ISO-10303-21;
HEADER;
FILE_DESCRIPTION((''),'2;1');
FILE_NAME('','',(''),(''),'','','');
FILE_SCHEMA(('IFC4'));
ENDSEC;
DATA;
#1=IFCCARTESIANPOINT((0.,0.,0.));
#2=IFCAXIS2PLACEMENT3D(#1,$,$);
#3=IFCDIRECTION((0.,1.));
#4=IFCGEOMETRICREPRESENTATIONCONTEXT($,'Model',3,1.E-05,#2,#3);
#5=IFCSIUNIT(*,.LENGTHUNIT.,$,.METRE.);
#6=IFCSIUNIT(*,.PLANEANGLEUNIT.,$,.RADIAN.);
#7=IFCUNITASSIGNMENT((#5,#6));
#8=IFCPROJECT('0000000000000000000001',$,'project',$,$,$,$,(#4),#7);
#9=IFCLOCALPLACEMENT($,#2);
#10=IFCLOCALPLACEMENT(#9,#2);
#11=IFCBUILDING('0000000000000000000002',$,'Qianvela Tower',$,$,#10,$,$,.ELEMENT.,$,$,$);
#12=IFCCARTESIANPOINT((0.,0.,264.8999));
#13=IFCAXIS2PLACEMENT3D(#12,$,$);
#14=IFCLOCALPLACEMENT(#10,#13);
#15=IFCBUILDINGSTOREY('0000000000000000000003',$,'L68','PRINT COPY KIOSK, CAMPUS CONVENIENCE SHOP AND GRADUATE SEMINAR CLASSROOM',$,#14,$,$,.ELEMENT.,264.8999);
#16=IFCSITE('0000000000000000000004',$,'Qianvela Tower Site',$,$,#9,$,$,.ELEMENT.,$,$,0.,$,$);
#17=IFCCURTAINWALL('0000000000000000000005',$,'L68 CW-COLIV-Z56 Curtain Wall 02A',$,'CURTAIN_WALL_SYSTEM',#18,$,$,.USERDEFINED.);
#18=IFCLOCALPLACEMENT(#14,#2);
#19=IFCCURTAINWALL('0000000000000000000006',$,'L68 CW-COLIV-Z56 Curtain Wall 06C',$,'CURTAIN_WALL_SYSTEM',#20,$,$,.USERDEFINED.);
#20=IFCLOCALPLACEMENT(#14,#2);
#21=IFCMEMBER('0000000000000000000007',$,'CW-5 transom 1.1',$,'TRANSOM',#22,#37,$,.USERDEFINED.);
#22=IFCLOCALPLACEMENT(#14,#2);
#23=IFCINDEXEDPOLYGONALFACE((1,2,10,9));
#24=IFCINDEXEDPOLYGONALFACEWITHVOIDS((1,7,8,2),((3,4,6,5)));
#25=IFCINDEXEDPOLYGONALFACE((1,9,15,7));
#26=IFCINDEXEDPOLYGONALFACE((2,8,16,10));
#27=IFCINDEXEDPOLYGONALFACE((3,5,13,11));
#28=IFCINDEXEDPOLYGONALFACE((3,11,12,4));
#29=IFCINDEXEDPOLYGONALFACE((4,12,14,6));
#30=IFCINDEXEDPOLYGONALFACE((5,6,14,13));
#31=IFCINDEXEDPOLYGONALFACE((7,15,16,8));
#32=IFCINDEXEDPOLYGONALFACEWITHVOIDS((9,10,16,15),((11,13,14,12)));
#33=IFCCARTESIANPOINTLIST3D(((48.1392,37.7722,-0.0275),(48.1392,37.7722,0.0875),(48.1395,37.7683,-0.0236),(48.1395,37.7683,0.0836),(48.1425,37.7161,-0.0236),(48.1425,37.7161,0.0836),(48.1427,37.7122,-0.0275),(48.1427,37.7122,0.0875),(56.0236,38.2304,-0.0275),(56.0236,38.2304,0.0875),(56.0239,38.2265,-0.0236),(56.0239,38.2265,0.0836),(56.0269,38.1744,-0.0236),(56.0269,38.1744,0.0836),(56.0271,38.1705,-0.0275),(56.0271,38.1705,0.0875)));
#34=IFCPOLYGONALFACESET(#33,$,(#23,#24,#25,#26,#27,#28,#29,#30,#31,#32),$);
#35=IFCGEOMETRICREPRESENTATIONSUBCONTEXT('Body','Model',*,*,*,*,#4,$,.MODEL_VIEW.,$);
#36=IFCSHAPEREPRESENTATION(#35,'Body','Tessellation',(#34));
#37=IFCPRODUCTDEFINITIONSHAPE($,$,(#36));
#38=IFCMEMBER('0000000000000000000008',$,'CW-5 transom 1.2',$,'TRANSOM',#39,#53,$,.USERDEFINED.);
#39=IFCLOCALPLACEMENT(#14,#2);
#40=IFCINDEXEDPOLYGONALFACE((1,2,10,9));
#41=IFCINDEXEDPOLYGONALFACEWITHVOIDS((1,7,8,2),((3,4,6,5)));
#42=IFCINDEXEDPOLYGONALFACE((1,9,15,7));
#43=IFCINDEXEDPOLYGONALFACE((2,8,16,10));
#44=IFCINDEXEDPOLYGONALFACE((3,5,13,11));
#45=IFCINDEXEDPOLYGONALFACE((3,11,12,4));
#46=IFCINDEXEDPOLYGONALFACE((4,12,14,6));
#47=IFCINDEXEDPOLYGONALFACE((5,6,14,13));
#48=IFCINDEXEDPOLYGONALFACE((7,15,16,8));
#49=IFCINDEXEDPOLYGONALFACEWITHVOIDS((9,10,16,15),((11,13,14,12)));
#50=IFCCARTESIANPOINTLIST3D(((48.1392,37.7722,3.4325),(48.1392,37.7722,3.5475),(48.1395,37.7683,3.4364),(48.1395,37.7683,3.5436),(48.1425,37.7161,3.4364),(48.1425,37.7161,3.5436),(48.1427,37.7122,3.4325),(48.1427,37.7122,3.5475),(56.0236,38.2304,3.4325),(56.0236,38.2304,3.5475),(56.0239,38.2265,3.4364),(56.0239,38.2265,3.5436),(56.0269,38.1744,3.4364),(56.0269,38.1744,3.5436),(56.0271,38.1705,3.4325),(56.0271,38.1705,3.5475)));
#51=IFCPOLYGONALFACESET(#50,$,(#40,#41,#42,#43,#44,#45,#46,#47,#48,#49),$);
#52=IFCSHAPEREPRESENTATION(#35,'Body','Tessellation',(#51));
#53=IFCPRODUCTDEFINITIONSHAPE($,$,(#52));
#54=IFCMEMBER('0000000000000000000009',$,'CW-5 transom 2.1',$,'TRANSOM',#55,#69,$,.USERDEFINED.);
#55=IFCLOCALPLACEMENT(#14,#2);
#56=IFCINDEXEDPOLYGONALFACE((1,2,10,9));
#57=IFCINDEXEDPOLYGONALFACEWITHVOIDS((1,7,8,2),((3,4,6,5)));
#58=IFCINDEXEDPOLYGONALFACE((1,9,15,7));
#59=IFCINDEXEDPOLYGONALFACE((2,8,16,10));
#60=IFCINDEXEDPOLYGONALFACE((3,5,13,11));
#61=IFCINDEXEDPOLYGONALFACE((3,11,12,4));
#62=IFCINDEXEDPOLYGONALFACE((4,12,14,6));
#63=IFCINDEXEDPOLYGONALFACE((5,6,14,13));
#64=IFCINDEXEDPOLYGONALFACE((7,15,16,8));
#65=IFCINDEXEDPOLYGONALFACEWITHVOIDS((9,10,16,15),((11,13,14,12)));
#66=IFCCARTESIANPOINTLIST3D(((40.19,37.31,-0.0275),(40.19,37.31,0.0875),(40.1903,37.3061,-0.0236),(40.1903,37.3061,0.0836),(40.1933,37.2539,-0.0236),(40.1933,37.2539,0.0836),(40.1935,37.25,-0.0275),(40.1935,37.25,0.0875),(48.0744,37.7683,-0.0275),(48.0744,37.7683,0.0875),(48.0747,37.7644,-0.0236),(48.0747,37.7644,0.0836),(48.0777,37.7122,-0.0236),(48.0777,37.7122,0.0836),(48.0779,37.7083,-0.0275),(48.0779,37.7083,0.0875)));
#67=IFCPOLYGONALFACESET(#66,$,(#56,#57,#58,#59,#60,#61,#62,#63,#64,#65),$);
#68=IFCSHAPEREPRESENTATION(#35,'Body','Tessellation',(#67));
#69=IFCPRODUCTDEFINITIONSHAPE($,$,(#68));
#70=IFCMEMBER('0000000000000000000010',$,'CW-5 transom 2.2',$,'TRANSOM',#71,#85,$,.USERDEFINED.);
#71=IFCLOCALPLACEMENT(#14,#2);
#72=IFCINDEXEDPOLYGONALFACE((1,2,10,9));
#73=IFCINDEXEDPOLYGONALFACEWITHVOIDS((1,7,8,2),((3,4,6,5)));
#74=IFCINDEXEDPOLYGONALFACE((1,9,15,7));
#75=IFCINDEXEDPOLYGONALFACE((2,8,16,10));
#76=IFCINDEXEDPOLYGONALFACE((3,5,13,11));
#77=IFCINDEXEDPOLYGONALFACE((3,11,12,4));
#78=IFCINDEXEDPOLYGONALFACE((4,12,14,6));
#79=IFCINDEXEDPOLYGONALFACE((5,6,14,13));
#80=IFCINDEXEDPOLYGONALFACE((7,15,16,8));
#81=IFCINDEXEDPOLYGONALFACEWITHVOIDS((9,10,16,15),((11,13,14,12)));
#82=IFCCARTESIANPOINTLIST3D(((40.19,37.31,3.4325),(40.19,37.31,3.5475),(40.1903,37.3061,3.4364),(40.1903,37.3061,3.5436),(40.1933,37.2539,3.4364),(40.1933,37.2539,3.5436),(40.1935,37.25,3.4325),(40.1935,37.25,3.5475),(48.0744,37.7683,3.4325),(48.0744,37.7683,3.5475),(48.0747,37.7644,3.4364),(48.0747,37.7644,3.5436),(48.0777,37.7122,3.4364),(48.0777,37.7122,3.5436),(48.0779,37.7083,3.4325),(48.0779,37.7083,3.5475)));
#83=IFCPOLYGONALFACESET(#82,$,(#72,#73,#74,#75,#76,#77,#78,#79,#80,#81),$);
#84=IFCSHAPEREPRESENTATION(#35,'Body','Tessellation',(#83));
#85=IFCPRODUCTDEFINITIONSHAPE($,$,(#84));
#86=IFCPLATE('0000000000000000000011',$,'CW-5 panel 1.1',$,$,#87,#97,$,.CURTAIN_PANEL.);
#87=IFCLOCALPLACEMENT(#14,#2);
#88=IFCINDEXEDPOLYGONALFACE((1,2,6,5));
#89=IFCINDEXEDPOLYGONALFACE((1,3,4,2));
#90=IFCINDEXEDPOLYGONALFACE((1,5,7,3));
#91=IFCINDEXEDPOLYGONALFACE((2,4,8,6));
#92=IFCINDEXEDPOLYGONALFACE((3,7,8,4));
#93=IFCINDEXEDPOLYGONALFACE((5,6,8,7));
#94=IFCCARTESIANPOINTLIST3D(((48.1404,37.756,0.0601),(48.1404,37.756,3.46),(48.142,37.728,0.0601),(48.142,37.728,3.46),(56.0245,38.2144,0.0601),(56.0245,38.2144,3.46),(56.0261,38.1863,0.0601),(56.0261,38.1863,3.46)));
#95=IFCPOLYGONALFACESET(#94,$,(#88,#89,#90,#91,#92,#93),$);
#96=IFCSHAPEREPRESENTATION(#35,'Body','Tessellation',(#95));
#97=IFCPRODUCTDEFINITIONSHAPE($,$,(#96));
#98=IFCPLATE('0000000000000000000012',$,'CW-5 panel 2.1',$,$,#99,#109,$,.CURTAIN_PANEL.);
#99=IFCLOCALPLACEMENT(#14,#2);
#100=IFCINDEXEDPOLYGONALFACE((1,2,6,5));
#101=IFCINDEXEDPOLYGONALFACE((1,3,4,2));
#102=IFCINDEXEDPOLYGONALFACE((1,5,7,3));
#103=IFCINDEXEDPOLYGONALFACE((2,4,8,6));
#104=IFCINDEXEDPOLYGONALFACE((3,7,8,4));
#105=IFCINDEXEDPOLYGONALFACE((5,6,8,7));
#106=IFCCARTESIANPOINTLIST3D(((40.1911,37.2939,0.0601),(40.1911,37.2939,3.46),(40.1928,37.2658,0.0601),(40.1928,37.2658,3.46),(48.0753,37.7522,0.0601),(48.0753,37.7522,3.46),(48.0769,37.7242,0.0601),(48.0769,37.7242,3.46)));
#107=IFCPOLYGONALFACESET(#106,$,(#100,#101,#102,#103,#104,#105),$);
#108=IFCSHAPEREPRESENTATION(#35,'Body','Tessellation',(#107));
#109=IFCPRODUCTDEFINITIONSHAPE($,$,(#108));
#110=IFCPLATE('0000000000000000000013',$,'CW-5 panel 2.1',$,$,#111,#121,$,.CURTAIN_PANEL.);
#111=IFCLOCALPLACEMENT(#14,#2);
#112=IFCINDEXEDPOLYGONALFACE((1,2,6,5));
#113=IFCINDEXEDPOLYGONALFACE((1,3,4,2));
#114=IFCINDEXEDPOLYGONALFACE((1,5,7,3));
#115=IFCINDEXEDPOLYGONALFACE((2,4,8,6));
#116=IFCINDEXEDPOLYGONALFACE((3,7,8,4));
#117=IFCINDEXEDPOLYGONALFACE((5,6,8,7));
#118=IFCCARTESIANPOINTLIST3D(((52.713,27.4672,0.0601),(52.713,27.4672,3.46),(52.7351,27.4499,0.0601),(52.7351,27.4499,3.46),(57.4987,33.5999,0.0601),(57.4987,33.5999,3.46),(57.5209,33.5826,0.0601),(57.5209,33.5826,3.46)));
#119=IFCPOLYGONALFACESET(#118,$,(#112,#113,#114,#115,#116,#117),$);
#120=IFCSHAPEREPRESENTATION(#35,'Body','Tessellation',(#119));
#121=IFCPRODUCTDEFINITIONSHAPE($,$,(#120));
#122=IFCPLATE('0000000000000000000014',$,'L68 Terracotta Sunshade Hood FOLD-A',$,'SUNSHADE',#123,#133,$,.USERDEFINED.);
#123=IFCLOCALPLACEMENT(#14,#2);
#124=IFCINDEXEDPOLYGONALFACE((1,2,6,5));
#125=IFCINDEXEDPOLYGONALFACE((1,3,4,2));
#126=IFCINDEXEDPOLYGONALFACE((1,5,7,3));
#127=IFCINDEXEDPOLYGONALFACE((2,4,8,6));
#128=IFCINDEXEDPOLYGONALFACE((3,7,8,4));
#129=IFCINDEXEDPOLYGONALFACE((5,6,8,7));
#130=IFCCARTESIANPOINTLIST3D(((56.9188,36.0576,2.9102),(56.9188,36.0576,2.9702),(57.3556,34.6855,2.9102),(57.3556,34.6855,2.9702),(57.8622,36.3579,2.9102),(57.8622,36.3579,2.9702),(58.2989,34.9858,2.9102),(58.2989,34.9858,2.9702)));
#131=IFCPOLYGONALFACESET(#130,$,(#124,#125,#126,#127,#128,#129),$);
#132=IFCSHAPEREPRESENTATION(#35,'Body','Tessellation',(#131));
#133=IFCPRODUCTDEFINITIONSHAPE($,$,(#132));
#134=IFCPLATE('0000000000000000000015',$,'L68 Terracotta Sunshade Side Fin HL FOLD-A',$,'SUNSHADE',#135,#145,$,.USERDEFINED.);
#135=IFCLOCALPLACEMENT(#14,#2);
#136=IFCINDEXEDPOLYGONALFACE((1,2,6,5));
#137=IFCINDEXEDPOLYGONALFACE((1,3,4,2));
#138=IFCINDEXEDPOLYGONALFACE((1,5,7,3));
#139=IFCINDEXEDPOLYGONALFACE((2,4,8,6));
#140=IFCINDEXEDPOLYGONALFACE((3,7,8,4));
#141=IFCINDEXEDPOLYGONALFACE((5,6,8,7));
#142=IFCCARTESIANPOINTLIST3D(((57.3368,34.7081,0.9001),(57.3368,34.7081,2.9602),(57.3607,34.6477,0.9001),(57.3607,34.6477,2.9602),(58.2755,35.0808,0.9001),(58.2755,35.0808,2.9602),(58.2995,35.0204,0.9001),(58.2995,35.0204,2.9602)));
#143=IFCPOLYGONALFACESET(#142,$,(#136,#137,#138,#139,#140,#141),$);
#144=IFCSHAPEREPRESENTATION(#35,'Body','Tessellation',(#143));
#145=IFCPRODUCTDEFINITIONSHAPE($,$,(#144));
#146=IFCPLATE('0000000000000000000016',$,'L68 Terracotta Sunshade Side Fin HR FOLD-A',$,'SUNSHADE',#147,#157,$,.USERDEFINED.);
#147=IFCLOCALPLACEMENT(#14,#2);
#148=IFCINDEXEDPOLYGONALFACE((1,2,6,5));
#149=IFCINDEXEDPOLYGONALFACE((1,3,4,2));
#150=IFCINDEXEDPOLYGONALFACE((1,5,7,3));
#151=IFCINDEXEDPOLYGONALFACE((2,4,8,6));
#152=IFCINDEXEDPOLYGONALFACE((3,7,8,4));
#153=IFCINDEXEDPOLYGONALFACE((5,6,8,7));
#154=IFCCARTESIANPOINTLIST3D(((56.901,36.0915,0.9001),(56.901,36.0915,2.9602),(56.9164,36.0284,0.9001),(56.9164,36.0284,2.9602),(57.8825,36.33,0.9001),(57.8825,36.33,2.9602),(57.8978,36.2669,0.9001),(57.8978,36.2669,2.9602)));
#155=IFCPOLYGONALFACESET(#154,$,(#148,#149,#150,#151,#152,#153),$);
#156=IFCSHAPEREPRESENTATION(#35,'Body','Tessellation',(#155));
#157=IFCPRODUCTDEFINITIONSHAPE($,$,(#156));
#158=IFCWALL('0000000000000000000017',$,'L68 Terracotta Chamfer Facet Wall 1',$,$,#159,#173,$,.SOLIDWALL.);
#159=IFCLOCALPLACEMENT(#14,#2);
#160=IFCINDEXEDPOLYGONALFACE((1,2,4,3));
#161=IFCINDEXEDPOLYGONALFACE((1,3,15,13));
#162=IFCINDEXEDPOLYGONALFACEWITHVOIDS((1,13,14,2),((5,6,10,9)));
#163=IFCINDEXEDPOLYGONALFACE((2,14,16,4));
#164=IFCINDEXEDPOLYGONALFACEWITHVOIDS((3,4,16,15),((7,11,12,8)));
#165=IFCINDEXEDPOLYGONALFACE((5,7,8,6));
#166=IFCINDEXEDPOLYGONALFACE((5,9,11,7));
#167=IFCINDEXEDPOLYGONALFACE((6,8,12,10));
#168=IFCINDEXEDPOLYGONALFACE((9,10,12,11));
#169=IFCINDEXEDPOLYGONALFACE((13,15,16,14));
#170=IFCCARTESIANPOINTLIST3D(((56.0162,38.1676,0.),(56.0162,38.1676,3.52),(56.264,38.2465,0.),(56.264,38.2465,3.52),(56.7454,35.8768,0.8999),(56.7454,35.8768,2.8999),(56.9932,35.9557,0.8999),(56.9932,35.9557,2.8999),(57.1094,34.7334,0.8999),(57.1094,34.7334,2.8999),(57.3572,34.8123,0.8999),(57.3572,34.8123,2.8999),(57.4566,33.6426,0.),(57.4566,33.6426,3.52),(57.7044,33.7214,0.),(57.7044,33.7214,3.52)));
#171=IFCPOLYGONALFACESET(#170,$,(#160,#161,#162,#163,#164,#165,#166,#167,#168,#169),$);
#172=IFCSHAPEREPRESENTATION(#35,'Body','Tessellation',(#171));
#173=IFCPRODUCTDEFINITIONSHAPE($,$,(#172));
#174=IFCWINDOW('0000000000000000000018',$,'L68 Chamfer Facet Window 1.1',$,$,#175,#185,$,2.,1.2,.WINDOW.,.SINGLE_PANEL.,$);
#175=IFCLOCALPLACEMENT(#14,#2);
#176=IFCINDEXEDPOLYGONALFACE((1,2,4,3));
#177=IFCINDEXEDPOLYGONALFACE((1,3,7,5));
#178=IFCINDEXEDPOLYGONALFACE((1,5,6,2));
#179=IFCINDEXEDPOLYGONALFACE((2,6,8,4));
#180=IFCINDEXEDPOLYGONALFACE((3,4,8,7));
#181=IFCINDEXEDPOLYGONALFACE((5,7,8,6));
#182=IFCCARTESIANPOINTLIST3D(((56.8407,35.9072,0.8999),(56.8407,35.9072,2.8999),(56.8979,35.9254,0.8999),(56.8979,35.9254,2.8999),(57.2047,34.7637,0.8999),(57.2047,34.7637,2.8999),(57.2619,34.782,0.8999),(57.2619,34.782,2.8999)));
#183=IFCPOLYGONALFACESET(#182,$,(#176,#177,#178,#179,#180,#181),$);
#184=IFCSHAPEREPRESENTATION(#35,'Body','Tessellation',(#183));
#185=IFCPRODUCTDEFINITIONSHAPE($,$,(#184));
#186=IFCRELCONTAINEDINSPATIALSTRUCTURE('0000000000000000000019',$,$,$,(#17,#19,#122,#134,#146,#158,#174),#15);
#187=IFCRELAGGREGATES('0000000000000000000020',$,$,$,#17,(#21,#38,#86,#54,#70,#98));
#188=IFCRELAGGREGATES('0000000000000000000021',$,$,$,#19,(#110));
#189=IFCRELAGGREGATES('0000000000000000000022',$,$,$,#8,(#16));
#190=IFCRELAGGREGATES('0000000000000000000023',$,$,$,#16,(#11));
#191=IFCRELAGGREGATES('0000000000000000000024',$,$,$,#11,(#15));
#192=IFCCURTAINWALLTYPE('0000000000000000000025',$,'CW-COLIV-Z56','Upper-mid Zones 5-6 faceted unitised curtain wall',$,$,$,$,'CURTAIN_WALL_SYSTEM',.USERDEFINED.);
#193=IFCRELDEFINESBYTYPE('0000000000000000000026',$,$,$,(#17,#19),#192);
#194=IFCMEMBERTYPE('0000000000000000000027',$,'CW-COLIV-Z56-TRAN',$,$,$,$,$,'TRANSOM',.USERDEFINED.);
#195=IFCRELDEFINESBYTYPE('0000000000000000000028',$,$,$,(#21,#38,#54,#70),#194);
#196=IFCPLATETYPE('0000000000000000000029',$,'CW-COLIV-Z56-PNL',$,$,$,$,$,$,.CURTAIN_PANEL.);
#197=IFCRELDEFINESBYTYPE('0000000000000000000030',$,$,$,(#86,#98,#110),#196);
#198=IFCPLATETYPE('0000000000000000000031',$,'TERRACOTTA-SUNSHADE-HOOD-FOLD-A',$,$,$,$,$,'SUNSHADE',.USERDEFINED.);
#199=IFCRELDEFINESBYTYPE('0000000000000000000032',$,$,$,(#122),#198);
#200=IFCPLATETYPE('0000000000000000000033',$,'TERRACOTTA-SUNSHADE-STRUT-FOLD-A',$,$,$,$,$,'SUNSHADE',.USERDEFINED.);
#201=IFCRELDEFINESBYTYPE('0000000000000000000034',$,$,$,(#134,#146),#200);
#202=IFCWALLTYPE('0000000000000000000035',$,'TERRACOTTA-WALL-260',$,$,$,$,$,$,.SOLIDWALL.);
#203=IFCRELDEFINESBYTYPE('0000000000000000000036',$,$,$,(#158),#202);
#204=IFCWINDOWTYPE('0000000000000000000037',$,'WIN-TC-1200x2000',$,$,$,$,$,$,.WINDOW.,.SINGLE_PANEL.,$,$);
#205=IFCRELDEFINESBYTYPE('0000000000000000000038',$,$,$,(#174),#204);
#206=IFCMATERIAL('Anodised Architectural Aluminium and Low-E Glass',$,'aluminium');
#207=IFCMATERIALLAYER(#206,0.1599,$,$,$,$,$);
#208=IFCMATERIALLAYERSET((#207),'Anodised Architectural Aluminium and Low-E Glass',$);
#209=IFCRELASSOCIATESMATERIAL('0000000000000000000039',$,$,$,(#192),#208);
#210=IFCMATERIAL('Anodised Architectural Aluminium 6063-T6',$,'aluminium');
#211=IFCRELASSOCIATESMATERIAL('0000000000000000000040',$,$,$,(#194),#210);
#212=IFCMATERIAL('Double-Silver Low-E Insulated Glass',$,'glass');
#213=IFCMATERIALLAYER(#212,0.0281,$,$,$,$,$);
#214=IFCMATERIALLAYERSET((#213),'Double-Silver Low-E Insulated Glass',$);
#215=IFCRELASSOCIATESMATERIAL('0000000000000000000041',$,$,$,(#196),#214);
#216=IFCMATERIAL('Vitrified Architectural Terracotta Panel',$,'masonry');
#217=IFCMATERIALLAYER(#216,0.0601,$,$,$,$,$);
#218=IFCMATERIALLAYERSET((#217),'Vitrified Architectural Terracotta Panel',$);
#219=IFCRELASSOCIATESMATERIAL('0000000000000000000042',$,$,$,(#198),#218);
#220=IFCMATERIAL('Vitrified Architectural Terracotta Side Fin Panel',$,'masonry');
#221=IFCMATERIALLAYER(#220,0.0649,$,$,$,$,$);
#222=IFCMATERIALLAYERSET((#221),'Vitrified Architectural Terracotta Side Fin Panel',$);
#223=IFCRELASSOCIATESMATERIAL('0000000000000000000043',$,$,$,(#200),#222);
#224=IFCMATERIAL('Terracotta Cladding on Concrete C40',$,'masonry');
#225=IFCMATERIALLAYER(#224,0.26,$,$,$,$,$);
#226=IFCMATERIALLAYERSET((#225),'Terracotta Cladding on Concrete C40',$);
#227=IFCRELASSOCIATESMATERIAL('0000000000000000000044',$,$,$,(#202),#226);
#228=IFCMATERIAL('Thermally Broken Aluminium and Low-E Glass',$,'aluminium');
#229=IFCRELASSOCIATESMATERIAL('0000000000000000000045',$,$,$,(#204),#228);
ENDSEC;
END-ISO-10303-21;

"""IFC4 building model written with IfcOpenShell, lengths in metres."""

from ifc_helpers import new_model, si_unit, direction, frame, frame_2d, origin, origin_2d, place, context, subcontext, project, spatial, rectangle, hollow_rectangle, extrude, material, layer, layer_set, material_profile, profile_set, type_object, element, fill, aggregate, save


model = new_model("IFC4")

# Units and contexts
model_context = context("Model", 3, precision=1e-05, world=origin(), true_north=direction((0.0, 1.0)))
body_context = subcontext(model_context, "Body", "Model", "MODEL_VIEW")
ifc_project = project(units=[si_unit("LENGTHUNIT", "METRE"), si_unit("PLANEANGLEUNIT", "RADIAN")], contexts=[model_context])

# Site, building, storey
site_placement = place(None, origin())
site = spatial("IfcSite", under=ifc_project, at=site_placement, Name="Qianvela Tower Site", CompositionType="ELEMENT", RefElevation=0.0)
building_placement = place(site_placement, origin())
building = spatial("IfcBuilding", under=site, at=building_placement, Name="Qianvela Tower", CompositionType="ELEMENT")
storey_placement = place(building_placement, frame((0.0, 0.0, 264.8999)))
storey = spatial("IfcBuildingStorey", under=building, at=storey_placement, Name="L68", Description="PRINT COPY KIOSK, CAMPUS CONVENIENCE SHOP AND GRADUATE SEMINAR CLASSROOM", CompositionType="ELEMENT", Elevation=264.8999)

# Curtain wall
ifc_material_1 = material(Name="Anodised Architectural Aluminium and Low-E Glass", Category="aluminium")
ifc_layer_1 = layer(ifc_material_1, 0.1599)
ifc_layer_set_1 = layer_set([ifc_layer_1], Name="Anodised Architectural Aluminium and Low-E Glass")
curtain_wall_type = type_object("IfcCurtainWallType", Name="CW-COLIV-Z56", Description="Upper-mid Zones 5-6 faceted unitised curtain wall", ElementType="CURTAIN_WALL_SYSTEM", PredefinedType="USERDEFINED", material=ifc_layer_set_1)
curtain_wall_1_placement = place(storey_placement, origin())
curtain_wall_1 = element("IfcCurtainWall", 1, at=curtain_wall_1_placement, inside=storey, type_object=curtain_wall_type, Name="L68 CW-COLIV-Z56 Curtain Wall 02A", ObjectType="CURTAIN_WALL_SYSTEM", PredefinedType="USERDEFINED")

# Curtain wall
curtain_wall_2_placement = place(storey_placement, origin())
curtain_wall_2 = element("IfcCurtainWall", 2, at=curtain_wall_2_placement, inside=storey, type_object=curtain_wall_type, Name="L68 CW-COLIV-Z56 Curtain Wall 06C", ObjectType="CURTAIN_WALL_SYSTEM", PredefinedType="USERDEFINED")

# Members
ifc_material_2 = material(Name="Anodised Architectural Aluminium 6063-T6", Category="aluminium")
ifc_material_profile_1 = material_profile(ifc_material_2, hollow_rectangle(XDim=0.0601, YDim=0.115, WallThickness=0.0039, at=origin_2d()), Name="ALU-TRAN-60x115")
ifc_profile_set_1 = profile_set([ifc_material_profile_1], Name="Anodised Architectural Aluminium 6063-T6")
member_type_1 = type_object("IfcMemberType", Name="CW-COLIV-Z56-TRAN", ElementType="TRANSOM", PredefinedType="USERDEFINED", material=ifc_profile_set_1)
member_1_placement = place(storey_placement, frame((56.0254, 38.2004, 0.03), z_axis=(-0.998315, -0.058024, 0.0), x_axis=(0.058024, -0.998315, 0.0)))
member_1 = element("IfcMember", 3, at=member_1_placement, type_object=member_type_1, Name="CW-5 transom 1.1", ObjectType="TRANSOM", PredefinedType="USERDEFINED", context=body_context, shape_type="SweptSolid", body=[
    extrude(hollow_rectangle(XDim=0.0601, YDim=0.115, WallThickness=0.0039, at=origin_2d()), origin(), (0.0, 0.0, 1.0), 7.8977),
])
member_2_placement = place(storey_placement, frame((56.0254, 38.2004, 3.49), z_axis=(-0.998315, -0.058024, 0.0), x_axis=(0.058024, -0.998315, 0.0)))
member_2 = element("IfcMember", 4, at=member_2_placement, type_object=member_type_1, Name="CW-5 transom 1.2", ObjectType="TRANSOM", PredefinedType="USERDEFINED", context=body_context, shape_type="SweptSolid", body=[
    extrude(hollow_rectangle(XDim=0.0601, YDim=0.115, WallThickness=0.0039, at=origin_2d()), origin(), (0.0, 0.0, 1.0), 7.8977),
])
member_3_placement = place(storey_placement, frame((48.0762, 37.7383, 0.03), z_axis=(-0.998315, -0.058024, 0.0), x_axis=(0.058024, -0.998315, 0.0)))
member_3 = element("IfcMember", 5, at=member_3_placement, type_object=member_type_1, Name="CW-5 transom 2.1", ObjectType="TRANSOM", PredefinedType="USERDEFINED", context=body_context, shape_type="SweptSolid", body=[
    extrude(hollow_rectangle(XDim=0.0601, YDim=0.115, WallThickness=0.0039, at=origin_2d()), origin(), (0.0, 0.0, 1.0), 7.8977),
])
member_4_placement = place(storey_placement, frame((48.0762, 37.7383, 3.49), z_axis=(-0.998315, -0.058024, 0.0), x_axis=(0.058024, -0.998315, 0.0)))
member_4 = element("IfcMember", 6, at=member_4_placement, type_object=member_type_1, Name="CW-5 transom 2.2", ObjectType="TRANSOM", PredefinedType="USERDEFINED", context=body_context, shape_type="SweptSolid", body=[
    extrude(hollow_rectangle(XDim=0.0601, YDim=0.115, WallThickness=0.0039, at=origin_2d()), origin(), (0.0, 0.0, 1.0), 7.8977),
])

# Plates
ifc_material_3 = material(Name="Double-Silver Low-E Insulated Glass", Category="glass")
ifc_layer_2 = layer(ifc_material_3, 0.0281)
ifc_layer_set_2 = layer_set([ifc_layer_2], Name="Double-Silver Low-E Insulated Glass")
plate_type_1 = type_object("IfcPlateType", Name="CW-COLIV-Z56-PNL", PredefinedType="CURTAIN_PANEL", material=ifc_layer_set_2)
plate_1_placement = place(storey_placement, frame((52.0833, 37.9712, 0.0601), z_axis=(0.0, 0.0, 1.0), x_axis=(-0.998314, -0.058036, 0.0)))
plate_1 = element("IfcPlate", 7, at=plate_1_placement, type_object=plate_type_1, Name="CW-5 panel 1.1", PredefinedType="CURTAIN_PANEL", context=body_context, shape_type="SweptSolid", body=[
    extrude(rectangle(XDim=7.8975, YDim=0.0281, at=origin_2d()), origin(), (0.0, 0.0, 1.0), 3.3999),
])
plate_2_placement = place(storey_placement, frame((44.134, 37.509, 0.0601), z_axis=(0.0, 0.0, 1.0), x_axis=(-0.998314, -0.058036, 0.0)))
plate_2 = element("IfcPlate", 8, at=plate_2_placement, type_object=plate_type_1, Name="CW-5 panel 2.1", PredefinedType="CURTAIN_PANEL", context=body_context, shape_type="SweptSolid", body=[
    extrude(rectangle(XDim=7.8975, YDim=0.0281, at=origin_2d()), origin(), (0.0, 0.0, 1.0), 3.3999),
])
aggregate(curtain_wall_1, [member_1, member_2, plate_1, member_3, member_4, plate_2])
plate_3_placement = place(storey_placement, frame((55.1169, 30.5249, 0.0601), z_axis=(0.0, 0.0, 1.0), x_axis=(0.615206, 0.788366, 0.0)))
plate_3 = element("IfcPlate", 9, at=plate_3_placement, type_object=plate_type_1, Name="CW-5 panel 2.1", PredefinedType="CURTAIN_PANEL", context=body_context, shape_type="SweptSolid", body=[
    extrude(rectangle(XDim=7.7791, YDim=0.0281, at=origin_2d()), origin(), (0.0, 0.0, 1.0), 3.3999),
])
aggregate(curtain_wall_2, [plate_3])

# Plates
ifc_material_4 = material(Name="Vitrified Architectural Terracotta Panel", Category="masonry")
ifc_layer_3 = layer(ifc_material_4, 0.0601)
ifc_layer_set_3 = layer_set([ifc_layer_3], Name="Vitrified Architectural Terracotta Panel")
plate_type_2 = type_object("IfcPlateType", Name="TERRACOTTA-SUNSHADE-HOOD-FOLD-A", ElementType="SUNSHADE", PredefinedType="USERDEFINED", material=ifc_layer_set_3)
plate_4_placement = place(storey_placement, frame((57.6089, 35.5217, 2.9102), z_axis=(0.0, 0.0, 1.0), x_axis=(-0.303311, 0.952892, 0.0)))
element("IfcPlate", 10, at=plate_4_placement, inside=storey, type_object=plate_type_2, Name="L68 Terracotta Sunshade Hood FOLD-A", ObjectType="SUNSHADE", PredefinedType="USERDEFINED", context=body_context, shape_type="SweptSolid", body=[
    extrude(rectangle(XDim=1.4399, YDim=0.99, at=origin_2d()), origin(), (0.0, 0.0, 1.0), 0.0601),
])
ifc_material_5 = material(Name="Vitrified Architectural Terracotta Side Fin Panel", Category="masonry")
ifc_layer_4 = layer(ifc_material_5, 0.0649)
ifc_layer_set_4 = layer_set([ifc_layer_4], Name="Vitrified Architectural Terracotta Side Fin Panel")
plate_type_3 = type_object("IfcPlateType", Name="TERRACOTTA-SUNSHADE-STRUT-FOLD-A", ElementType="SUNSHADE", PredefinedType="USERDEFINED", material=ifc_layer_set_4)
for number, where, z_axis, x_axis, name in (
    (11, (57.8181, 34.8643, 0.9001), (0.0, 0.0, 1.0), (-0.369043, 0.929412, 0.0), "L68 Terracotta Sunshade Side Fin HL FOLD-A"),
    (12, (57.3994, 36.1792, 0.9001), (0.0, 0.0, 1.0), (-0.236102, 0.971728, 0.0), "L68 Terracotta Sunshade Side Fin HR FOLD-A"),
):
    element("IfcPlate", number, at=place(storey_placement, frame(where, z_axis=z_axis, x_axis=x_axis)), inside=storey, type_object=plate_type_3, Name=name, ObjectType="SUNSHADE", PredefinedType="USERDEFINED", context=body_context, shape_type="SweptSolid", body=[
        extrude(rectangle(XDim=0.0649, YDim=1.01, at=origin_2d()), origin(), (0.0, 0.0, 1.0), 2.0601),
    ])

# Wall, opening, window
ifc_material_6 = material(Name="Terracotta Cladding on Concrete C40", Category="masonry")
ifc_layer_5 = layer(ifc_material_6, 0.26)
ifc_layer_set_5 = layer_set([ifc_layer_5], Name="Terracotta Cladding on Concrete C40")
wall_type_1 = type_object("IfcWallType", Name="TERRACOTTA-WALL-260", PredefinedType="SOLIDWALL", material=ifc_layer_set_5)
wall_1_placement = place(storey_placement, frame((57.5806, 33.6819, 0.0), z_axis=(0.0, 0.0, 1.0), x_axis=(-0.30332, 0.952889, 0.0)))
wall_1 = element("IfcWall", 13, at=wall_1_placement, inside=storey, type_object=wall_type_1, Name="L68 Terracotta Chamfer Facet Wall 1", PredefinedType="SOLIDWALL", context=body_context, shape_type="SweptSolid", body=[
    extrude(rectangle(XDim=4.7488, YDim=0.26, at=frame_2d((2.3745, 0.0))), origin(), (0.0, 0.0, 1.0), 3.52),
])
opening_1_placement = place(wall_1_placement, frame((1.1448, 0.0, 0.8999)))
opening_1 = element("IfcOpeningElement", 14, at=opening_1_placement, cuts=wall_1, PredefinedType="OPENING", context=body_context, shape_type="SweptSolid", body=[
    extrude(rectangle(XDim=1.2, YDim=2.0, at=frame_2d((0.6001, 1.0))), frame((0.0, 0.1399, 0.0), z_axis=(0.0, -1.0, 0.0), x_axis=(1.0, 0.0, 0.0)), (0.0, 0.0, 1.0), 0.28),
])
ifc_material_7 = material(Name="Thermally Broken Aluminium and Low-E Glass", Category="aluminium")
window_type = type_object("IfcWindowType", Name="WIN-TC-1200x2000", PartitioningType="SINGLE_PANEL", PredefinedType="WINDOW", material=ifc_material_7)
window_placement = place(opening_1_placement, origin())
window = element("IfcWindow", 15, at=window_placement, inside=storey, type_object=window_type, Name="L68 Chamfer Facet Window 1.1", OverallHeight=2.0, OverallWidth=1.2, PartitioningType="SINGLE_PANEL", PredefinedType="WINDOW", context=body_context, shape_type="SweptSolid", body=[
    extrude(rectangle(XDim=1.2, YDim=2.0, at=frame_2d((0.6001, 1.0))), frame((0.0, 0.03, 0.0), z_axis=(0.0, -1.0, 0.0), x_axis=(1.0, 0.0, 0.0)), (0.0, 0.0, 1.0), 0.0601),
])
fill(opening_1, window)

save(model, "model.ifc")
